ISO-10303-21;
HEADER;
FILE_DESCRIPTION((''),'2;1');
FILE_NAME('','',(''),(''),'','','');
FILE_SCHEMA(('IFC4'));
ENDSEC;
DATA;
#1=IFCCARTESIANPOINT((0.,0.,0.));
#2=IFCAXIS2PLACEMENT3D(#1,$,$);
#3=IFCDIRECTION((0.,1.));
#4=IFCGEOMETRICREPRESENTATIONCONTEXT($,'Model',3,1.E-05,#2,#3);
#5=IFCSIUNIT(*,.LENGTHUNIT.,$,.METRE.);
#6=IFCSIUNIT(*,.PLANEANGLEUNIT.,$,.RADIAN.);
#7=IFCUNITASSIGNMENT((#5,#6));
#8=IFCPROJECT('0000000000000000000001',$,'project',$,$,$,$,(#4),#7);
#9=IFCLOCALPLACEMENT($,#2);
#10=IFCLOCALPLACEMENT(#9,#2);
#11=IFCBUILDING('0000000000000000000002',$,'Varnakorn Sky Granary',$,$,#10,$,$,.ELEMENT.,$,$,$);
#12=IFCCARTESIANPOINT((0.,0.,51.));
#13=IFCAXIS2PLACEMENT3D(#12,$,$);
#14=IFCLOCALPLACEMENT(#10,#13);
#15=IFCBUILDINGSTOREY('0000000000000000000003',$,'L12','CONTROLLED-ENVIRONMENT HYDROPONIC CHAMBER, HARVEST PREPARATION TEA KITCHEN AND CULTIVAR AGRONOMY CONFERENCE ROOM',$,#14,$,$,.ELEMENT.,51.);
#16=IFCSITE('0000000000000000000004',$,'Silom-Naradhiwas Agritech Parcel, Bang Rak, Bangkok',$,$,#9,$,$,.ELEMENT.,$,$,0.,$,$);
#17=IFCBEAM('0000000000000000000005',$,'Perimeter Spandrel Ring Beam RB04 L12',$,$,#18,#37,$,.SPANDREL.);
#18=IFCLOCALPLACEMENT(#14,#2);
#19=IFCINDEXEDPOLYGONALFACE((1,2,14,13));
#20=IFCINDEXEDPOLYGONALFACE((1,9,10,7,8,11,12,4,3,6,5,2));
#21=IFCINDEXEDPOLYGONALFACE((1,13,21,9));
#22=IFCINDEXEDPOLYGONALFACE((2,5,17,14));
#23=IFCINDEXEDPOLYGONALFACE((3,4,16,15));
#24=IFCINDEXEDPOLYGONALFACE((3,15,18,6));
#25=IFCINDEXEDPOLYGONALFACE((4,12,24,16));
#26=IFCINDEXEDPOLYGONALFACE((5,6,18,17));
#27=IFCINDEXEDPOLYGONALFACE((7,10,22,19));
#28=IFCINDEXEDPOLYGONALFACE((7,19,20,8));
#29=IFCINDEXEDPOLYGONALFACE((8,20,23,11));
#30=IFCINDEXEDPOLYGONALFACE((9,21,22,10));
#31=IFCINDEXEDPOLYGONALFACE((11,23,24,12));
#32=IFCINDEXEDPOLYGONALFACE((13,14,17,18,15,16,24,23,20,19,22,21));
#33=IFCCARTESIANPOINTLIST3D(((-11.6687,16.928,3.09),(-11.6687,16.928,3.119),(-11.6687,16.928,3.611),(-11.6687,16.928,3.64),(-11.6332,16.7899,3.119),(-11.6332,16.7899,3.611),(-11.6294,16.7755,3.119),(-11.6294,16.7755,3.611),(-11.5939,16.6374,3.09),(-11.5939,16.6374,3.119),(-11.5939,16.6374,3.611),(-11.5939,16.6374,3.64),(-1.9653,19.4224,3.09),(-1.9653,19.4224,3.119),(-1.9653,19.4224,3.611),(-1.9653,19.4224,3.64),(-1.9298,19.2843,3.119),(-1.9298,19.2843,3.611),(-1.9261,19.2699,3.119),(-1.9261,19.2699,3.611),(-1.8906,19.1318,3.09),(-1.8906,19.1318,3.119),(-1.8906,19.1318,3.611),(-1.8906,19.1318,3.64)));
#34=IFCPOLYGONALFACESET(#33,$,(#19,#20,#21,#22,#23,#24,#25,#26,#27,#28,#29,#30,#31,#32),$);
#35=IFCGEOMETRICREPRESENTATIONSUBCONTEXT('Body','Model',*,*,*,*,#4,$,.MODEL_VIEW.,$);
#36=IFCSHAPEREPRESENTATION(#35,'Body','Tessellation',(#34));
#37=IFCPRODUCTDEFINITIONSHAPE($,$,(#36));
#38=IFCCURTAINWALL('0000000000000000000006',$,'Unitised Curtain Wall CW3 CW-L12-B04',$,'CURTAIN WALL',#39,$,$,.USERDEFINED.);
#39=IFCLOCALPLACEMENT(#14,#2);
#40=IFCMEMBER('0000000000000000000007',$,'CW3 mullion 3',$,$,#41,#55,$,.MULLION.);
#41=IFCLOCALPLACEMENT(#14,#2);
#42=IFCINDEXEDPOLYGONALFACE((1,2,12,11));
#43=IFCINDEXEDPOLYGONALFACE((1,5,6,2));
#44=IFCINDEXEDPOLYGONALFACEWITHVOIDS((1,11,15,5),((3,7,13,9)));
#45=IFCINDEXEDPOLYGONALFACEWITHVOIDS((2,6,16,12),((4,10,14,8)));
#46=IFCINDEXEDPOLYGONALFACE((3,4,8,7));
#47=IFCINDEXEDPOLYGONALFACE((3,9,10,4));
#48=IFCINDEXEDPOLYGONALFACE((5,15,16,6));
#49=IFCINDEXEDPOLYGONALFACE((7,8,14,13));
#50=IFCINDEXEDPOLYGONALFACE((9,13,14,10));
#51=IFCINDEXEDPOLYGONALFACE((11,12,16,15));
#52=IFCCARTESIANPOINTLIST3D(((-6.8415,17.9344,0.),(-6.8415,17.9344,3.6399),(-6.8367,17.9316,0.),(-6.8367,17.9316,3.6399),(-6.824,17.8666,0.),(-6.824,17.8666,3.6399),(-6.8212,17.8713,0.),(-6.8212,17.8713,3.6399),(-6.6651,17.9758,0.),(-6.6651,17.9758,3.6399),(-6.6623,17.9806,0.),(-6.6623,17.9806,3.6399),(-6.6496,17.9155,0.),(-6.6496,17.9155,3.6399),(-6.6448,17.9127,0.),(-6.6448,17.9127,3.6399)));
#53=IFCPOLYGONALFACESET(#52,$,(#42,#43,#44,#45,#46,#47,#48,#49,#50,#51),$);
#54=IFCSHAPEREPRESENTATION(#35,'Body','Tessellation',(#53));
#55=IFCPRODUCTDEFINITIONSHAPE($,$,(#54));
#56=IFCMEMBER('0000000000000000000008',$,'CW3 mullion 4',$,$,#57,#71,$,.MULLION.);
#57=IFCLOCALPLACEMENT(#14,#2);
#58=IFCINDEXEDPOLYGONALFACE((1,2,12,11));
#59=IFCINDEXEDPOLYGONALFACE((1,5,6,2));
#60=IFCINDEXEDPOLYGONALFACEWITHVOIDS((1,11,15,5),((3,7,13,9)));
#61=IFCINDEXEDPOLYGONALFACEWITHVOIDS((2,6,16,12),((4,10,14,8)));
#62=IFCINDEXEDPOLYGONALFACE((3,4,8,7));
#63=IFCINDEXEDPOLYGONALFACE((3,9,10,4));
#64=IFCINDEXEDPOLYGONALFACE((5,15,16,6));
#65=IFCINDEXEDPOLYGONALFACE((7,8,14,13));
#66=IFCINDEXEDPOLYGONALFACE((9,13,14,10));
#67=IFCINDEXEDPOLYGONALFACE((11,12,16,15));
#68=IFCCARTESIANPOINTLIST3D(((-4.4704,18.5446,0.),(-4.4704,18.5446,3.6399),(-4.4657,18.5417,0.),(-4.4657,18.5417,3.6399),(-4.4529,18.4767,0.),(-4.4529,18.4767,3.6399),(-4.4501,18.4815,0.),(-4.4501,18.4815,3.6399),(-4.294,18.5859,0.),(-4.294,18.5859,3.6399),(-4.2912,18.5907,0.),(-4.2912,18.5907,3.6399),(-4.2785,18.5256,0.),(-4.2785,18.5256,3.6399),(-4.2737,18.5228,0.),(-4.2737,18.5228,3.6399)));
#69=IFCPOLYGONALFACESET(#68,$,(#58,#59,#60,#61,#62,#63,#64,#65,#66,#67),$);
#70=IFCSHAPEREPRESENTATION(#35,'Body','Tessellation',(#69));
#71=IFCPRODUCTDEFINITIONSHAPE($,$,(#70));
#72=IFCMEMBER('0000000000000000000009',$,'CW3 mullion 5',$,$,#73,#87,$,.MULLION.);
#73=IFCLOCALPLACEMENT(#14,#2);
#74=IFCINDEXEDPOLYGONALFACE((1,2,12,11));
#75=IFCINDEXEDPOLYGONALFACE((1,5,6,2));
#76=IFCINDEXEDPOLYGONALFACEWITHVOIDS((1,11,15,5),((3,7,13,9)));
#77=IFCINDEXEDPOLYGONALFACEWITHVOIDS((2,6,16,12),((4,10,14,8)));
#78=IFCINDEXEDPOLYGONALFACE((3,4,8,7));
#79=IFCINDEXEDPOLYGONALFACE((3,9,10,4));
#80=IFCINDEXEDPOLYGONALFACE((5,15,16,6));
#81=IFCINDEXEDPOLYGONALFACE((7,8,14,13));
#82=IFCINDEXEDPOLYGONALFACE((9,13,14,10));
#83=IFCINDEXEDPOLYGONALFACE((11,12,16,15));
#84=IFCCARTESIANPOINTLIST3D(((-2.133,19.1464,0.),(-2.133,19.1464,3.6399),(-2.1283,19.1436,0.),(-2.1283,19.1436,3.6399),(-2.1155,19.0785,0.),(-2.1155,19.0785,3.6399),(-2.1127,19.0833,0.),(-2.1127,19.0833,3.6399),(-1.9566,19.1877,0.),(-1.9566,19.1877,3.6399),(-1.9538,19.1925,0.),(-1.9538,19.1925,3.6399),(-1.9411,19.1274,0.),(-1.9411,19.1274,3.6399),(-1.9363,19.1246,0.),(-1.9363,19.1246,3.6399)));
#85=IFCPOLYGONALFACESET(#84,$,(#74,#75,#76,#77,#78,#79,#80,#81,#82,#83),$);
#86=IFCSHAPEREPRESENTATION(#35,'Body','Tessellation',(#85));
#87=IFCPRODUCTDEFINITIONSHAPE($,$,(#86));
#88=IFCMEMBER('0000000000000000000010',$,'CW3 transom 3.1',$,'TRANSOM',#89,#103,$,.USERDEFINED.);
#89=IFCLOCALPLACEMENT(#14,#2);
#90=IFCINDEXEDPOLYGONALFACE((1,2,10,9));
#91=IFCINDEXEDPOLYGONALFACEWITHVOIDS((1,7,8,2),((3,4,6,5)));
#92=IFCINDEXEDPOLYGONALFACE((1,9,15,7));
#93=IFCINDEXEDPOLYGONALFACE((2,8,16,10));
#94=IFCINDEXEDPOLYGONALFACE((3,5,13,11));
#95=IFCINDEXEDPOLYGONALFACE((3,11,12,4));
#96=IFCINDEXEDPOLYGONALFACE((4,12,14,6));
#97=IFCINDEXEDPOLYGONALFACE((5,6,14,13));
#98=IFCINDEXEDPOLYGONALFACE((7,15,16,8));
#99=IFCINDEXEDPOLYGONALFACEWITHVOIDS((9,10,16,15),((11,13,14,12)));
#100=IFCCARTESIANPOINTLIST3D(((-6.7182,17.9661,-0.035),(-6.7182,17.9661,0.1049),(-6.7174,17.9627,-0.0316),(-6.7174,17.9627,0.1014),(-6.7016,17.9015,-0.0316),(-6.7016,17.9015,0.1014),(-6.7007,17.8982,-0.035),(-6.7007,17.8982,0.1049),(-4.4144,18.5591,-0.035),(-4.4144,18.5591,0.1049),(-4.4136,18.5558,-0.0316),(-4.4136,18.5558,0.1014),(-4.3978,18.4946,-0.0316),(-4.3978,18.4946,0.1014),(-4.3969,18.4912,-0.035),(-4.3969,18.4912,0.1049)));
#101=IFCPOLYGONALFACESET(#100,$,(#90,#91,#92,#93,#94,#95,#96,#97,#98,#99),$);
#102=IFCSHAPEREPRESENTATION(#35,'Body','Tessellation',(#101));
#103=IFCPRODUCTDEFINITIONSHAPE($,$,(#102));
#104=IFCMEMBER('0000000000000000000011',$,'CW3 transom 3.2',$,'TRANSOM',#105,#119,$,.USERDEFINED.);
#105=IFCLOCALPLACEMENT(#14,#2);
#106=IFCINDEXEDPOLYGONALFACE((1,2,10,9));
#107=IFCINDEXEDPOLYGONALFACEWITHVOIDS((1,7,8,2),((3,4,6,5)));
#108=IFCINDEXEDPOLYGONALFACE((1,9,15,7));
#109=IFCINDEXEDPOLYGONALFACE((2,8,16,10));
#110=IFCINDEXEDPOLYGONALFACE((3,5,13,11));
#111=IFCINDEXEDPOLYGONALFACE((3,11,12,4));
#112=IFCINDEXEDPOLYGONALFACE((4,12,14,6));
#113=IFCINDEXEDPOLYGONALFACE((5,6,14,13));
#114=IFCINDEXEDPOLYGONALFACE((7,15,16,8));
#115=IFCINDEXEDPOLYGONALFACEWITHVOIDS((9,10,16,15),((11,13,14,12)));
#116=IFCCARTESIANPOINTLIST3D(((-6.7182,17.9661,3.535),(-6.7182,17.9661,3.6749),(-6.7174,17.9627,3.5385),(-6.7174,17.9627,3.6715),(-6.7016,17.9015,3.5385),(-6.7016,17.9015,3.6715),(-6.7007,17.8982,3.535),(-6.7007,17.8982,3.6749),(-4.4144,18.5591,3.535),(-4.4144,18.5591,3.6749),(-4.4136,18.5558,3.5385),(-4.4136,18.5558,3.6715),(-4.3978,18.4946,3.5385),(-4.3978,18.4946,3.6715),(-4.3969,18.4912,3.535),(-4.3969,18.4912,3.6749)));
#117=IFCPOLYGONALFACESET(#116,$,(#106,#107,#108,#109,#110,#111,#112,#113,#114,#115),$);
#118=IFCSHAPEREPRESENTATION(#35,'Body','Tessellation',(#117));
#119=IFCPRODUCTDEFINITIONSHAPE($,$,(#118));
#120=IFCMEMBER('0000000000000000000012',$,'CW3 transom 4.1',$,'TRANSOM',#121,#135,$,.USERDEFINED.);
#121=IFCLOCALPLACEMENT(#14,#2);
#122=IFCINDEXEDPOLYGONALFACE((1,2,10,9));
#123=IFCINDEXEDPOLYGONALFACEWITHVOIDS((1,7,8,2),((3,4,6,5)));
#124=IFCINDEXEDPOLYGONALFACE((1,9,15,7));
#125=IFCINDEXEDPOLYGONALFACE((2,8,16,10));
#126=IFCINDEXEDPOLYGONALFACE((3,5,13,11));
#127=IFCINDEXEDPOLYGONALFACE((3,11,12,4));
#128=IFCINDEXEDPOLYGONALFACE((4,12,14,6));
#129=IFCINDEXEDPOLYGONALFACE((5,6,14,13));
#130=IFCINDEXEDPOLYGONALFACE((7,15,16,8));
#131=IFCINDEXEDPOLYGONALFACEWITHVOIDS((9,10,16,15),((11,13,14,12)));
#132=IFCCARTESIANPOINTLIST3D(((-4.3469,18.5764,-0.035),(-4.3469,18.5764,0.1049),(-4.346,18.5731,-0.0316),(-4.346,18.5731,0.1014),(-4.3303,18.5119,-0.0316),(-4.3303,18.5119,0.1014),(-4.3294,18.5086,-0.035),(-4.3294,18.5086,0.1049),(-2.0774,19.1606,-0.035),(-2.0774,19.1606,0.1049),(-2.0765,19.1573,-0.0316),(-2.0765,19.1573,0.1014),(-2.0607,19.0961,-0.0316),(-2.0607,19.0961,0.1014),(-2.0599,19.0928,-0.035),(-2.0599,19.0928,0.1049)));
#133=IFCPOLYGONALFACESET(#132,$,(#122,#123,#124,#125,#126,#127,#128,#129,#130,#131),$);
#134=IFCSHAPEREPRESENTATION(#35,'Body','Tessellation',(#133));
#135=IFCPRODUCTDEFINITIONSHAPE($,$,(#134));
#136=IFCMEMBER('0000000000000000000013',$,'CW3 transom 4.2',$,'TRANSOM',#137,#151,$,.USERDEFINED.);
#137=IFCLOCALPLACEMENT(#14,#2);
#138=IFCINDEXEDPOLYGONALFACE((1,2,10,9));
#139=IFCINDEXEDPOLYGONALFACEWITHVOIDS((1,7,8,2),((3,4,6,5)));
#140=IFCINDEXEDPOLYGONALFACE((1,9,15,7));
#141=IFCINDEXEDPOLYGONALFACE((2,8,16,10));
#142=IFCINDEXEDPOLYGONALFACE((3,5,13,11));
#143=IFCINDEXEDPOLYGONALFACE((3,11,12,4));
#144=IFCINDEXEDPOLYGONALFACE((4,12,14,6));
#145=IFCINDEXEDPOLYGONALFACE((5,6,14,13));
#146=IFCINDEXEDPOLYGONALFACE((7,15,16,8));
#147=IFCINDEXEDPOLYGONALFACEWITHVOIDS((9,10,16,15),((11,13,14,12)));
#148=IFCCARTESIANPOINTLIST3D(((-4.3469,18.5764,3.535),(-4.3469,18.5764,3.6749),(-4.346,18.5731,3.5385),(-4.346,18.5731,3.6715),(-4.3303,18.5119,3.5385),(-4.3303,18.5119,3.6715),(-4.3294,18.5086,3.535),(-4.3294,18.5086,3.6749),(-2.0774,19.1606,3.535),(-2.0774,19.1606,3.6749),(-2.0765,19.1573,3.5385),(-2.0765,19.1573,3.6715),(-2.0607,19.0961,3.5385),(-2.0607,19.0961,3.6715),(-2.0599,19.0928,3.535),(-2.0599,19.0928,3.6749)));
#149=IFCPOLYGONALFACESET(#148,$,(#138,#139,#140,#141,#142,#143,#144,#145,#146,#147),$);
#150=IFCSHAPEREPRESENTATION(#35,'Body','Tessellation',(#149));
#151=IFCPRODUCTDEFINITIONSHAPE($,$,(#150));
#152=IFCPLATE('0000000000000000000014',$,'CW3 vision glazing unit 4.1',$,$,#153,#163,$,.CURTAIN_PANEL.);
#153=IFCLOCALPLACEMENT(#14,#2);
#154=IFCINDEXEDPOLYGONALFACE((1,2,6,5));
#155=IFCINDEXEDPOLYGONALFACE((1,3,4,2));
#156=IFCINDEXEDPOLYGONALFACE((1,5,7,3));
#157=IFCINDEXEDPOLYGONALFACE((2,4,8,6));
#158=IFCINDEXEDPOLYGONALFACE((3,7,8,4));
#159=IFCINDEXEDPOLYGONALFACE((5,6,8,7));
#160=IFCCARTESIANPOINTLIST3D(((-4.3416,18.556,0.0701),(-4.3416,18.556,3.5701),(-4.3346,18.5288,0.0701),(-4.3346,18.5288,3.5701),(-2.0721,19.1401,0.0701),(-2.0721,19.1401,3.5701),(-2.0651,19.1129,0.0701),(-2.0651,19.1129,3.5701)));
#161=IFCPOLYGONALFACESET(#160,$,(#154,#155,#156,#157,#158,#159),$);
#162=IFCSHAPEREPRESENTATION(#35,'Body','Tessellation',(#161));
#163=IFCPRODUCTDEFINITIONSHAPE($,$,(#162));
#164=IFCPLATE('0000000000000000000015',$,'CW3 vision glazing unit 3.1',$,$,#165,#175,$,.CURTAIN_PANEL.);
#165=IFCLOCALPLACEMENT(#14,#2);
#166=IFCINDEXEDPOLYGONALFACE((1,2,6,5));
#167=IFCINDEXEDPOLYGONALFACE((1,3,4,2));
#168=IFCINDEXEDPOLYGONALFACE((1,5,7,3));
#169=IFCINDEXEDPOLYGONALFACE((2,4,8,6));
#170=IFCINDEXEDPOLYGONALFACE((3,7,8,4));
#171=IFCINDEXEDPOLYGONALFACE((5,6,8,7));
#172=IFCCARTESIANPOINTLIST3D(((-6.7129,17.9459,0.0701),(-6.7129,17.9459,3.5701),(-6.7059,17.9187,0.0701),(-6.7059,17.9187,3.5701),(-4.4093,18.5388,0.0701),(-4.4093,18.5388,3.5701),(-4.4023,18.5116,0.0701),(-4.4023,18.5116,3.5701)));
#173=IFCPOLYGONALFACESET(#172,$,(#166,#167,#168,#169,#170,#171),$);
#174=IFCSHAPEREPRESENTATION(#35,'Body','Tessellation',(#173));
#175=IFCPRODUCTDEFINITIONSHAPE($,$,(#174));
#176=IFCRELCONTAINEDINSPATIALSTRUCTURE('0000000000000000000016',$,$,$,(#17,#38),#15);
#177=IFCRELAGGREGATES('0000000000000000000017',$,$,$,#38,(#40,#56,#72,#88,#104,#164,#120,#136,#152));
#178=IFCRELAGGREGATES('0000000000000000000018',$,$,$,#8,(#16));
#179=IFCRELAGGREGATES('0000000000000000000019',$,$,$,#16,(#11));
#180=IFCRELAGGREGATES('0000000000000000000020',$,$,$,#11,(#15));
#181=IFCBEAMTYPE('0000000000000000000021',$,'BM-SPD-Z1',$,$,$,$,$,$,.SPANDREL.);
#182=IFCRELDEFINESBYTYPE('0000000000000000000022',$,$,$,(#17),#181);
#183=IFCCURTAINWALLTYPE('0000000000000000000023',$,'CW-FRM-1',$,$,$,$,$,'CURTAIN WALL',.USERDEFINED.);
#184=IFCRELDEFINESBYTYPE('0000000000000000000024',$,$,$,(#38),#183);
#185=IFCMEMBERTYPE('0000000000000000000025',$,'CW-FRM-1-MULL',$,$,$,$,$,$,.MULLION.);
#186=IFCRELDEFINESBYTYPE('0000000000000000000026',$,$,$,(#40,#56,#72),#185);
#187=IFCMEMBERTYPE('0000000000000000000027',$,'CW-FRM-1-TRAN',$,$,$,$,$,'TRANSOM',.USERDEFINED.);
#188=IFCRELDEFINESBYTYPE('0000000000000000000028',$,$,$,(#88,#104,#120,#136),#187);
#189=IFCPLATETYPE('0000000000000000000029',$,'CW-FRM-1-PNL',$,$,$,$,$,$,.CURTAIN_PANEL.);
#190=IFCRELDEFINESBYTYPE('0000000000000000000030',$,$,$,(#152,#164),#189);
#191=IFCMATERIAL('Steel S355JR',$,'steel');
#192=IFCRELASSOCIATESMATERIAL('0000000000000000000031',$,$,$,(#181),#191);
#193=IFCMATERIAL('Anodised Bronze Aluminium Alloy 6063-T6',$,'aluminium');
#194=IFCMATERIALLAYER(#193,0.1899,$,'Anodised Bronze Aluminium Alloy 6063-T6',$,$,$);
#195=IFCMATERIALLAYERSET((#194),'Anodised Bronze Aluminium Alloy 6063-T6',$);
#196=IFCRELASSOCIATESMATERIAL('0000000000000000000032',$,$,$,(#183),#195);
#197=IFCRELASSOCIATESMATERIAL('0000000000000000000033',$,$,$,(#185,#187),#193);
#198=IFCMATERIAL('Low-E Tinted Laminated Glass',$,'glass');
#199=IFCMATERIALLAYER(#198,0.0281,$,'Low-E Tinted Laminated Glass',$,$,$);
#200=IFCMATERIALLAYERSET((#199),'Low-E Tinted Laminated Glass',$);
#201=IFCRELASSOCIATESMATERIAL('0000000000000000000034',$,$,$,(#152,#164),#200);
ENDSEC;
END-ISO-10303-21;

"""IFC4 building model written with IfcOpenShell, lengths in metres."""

from ifc_helpers import new_model, si_unit, direction, frame, origin, origin_2d, place, context, subcontext, project, spatial, rectangle, hollow_rectangle, i_section, extrude, source, transform, mapped, material, layer, layer_set, material_profile, profile_set, type_object, type_shapes, element, aggregate, save


model = new_model("IFC4")

# Units and contexts
model_context = context("Model", 3, precision=1e-05, world=origin(), true_north=direction((0.0, 1.0)))
body_context = subcontext(model_context, "Body", "Model", "MODEL_VIEW")
ifc_project = project(units=[si_unit("LENGTHUNIT", "METRE"), si_unit("PLANEANGLEUNIT", "RADIAN")], contexts=[model_context])

# Site, building, storey
site_placement = place(None, origin())
site = spatial("IfcSite", under=ifc_project, at=site_placement, Name="Silom-Naradhiwas Agritech Parcel, Bang Rak, Bangkok", CompositionType="ELEMENT", RefElevation=0.0)
building_placement = place(site_placement, origin())
building = spatial("IfcBuilding", under=site, at=building_placement, Name="Varnakorn Sky Granary", CompositionType="ELEMENT")
storey_placement = place(building_placement, frame((0.0, 0.0, 51.0)))
storey = spatial("IfcBuildingStorey", under=building, at=storey_placement, Name="L12", Description="CONTROLLED-ENVIRONMENT HYDROPONIC CHAMBER, HARVEST PREPARATION TEA KITCHEN AND CULTIVAR AGRONOMY CONFERENCE ROOM", CompositionType="ELEMENT", Elevation=51.0)

# Beam
ifc_material_1 = material(Name="Steel S355JR", Category="steel")
ifc_material_profile_1 = material_profile(ifc_material_1, i_section(OverallWidth=0.3, OverallDepth=0.55, WebThickness=0.0149, FlangeThickness=0.0291, at=origin_2d()), Name="HE 550 B")
ifc_profile_set_1 = profile_set([ifc_material_profile_1], Name="Steel S355JR")
beam_type_1 = type_object("IfcBeamType", Name="BM-SPD-Z1", PredefinedType="SPANDREL", material=ifc_profile_set_1)
beam_1_placement = place(storey_placement, frame((-1.928, 19.2771, 3.365), z_axis=(-0.968511, -0.248969, 0.0), x_axis=(0.248969, -0.968511, 0.0)))
element("IfcBeam", 1, at=beam_1_placement, inside=storey, type_object=beam_type_1, Name="Perimeter Spandrel Ring Beam RB04 L12", PredefinedType="SPANDREL", context=body_context, shape_type="SweptSolid", body=[
    extrude(i_section(OverallWidth=0.3, OverallDepth=0.55, WebThickness=0.0149, FlangeThickness=0.0291, at=origin_2d()), origin(), (0.0, 0.0, 1.0), 10.0188),
])

# Curtain wall, members, plates
ifc_material_2 = material(Name="Anodised Bronze Aluminium Alloy 6063-T6", Category="aluminium")
ifc_layer_1 = layer(ifc_material_2, 0.1899, Name="Anodised Bronze Aluminium Alloy 6063-T6")
ifc_layer_set_1 = layer_set([ifc_layer_1], Name="Anodised Bronze Aluminium Alloy 6063-T6")
curtain_wall_type = type_object("IfcCurtainWallType", Name="CW-FRM-1", ElementType="CURTAIN WALL", PredefinedType="USERDEFINED", material=ifc_layer_set_1)
curtain_wall_placement = place(storey_placement, origin())
curtain_wall = element("IfcCurtainWall", 2, at=curtain_wall_placement, inside=storey, type_object=curtain_wall_type, Name="Unitised Curtain Wall CW3 CW-L12-B04", ObjectType="CURTAIN WALL", PredefinedType="USERDEFINED")
ifc_material_profile_2 = material_profile(ifc_material_2, hollow_rectangle(XDim=0.0701, YDim=0.1851, WallThickness=0.0039, at=origin_2d()), Name="ALU MULL 70x185")
ifc_profile_set_2 = profile_set([ifc_material_profile_2], Name="Anodised Bronze Aluminium Alloy 6063-T6")
member_type_1 = type_object("IfcMemberType", Name="CW-FRM-1-MULL", PredefinedType="MULLION", material=ifc_profile_set_2)
member_1_placement = place(storey_placement, frame((-6.7432, 17.9236, 0.0), z_axis=(0.0, 0.0, 1.0), x_axis=(-0.249249, 0.968439, 0.0)))
member_1 = element("IfcMember", 3, at=member_1_placement, type_object=member_type_1, Name="CW3 mullion 3", PredefinedType="MULLION", context=body_context, shape_type="SweptSolid", body=[
    extrude(hollow_rectangle(XDim=0.0701, YDim=0.1851, WallThickness=0.0039, at=origin_2d()), origin(), (0.0, 0.0, 1.0), 3.6399),
])
member_2_placement = place(storey_placement, frame((-4.3721, 18.5337, 0.0), z_axis=(0.0, 0.0, 1.0), x_axis=(-0.249249, 0.968439, 0.0)))
member_2 = element("IfcMember", 4, at=member_2_placement, type_object=member_type_1, Name="CW3 mullion 4", PredefinedType="MULLION", context=body_context, shape_type="SweptSolid", body=[
    extrude(hollow_rectangle(XDim=0.0701, YDim=0.1851, WallThickness=0.0039, at=origin_2d()), origin(), (0.0, 0.0, 1.0), 3.6399),
])
member_3_placement = place(storey_placement, frame((-2.0347, 19.1355, 0.0), z_axis=(0.0, 0.0, 1.0), x_axis=(-0.249249, 0.968439, 0.0)))
member_3 = element("IfcMember", 5, at=member_3_placement, type_object=member_type_1, Name="CW3 mullion 5", PredefinedType="MULLION", context=body_context, shape_type="SweptSolid", body=[
    extrude(hollow_rectangle(XDim=0.0701, YDim=0.1851, WallThickness=0.0039, at=origin_2d()), origin(), (0.0, 0.0, 1.0), 3.6399),
])
ifc_material_profile_3 = material_profile(ifc_material_2, hollow_rectangle(XDim=0.0701, YDim=0.1399, WallThickness=0.0034, at=origin_2d()), Name="ALU TRAN 70x140")
ifc_profile_set_3 = profile_set([ifc_material_profile_3], Name="Anodised Bronze Aluminium Alloy 6063-T6")
member_type_2 = type_object("IfcMemberType", Name="CW-FRM-1-TRAN", ElementType="TRANSOM", PredefinedType="USERDEFINED", material=ifc_profile_set_3)
member_4_placement = place(storey_placement, frame((-6.7095, 17.9321, 0.0349), z_axis=(0.968429, 0.249291, 0.0), x_axis=(-0.249291, 0.968429, 0.0)))
member_4 = element("IfcMember", 6, at=member_4_placement, type_object=member_type_2, Name="CW3 transom 3.1", ObjectType="TRANSOM", PredefinedType="USERDEFINED", context=body_context, shape_type="SweptSolid", body=[
    extrude(hollow_rectangle(XDim=0.0701, YDim=0.1399, WallThickness=0.0034, at=origin_2d()), origin(), (0.0, 0.0, 1.0), 2.3789),
])
member_5_placement = place(storey_placement, frame((-6.7095, 17.9321, 3.605), z_axis=(0.968429, 0.249291, 0.0), x_axis=(-0.249291, 0.968429, 0.0)))
member_5 = element("IfcMember", 7, at=member_5_placement, type_object=member_type_2, Name="CW3 transom 3.2", ObjectType="TRANSOM", PredefinedType="USERDEFINED", context=body_context, shape_type="SweptSolid", body=[
    extrude(hollow_rectangle(XDim=0.0701, YDim=0.1399, WallThickness=0.0034, at=origin_2d()), origin(), (0.0, 0.0, 1.0), 2.3789),
])
member_6_placement = place(storey_placement, frame((-4.3381, 18.5425, 0.0349), z_axis=(0.968428, 0.249295, 0.0), x_axis=(-0.249295, 0.968428, 0.0)))
member_6 = element("IfcMember", 8, at=member_6_placement, type_object=member_type_2, Name="CW3 transom 4.1", ObjectType="TRANSOM", PredefinedType="USERDEFINED", context=body_context, shape_type="SweptSolid", body=[
    extrude(hollow_rectangle(XDim=0.0701, YDim=0.1399, WallThickness=0.0034, at=origin_2d()), origin(), (0.0, 0.0, 1.0), 2.3435),
])
member_7_placement = place(storey_placement, frame((-4.3381, 18.5425, 3.605), z_axis=(0.968428, 0.249295, 0.0), x_axis=(-0.249295, 0.968428, 0.0)))
member_7 = element("IfcMember", 9, at=member_7_placement, type_object=member_type_2, Name="CW3 transom 4.2", ObjectType="TRANSOM", PredefinedType="USERDEFINED", context=body_context, shape_type="SweptSolid", body=[
    extrude(hollow_rectangle(XDim=0.0701, YDim=0.1399, WallThickness=0.0034, at=origin_2d()), origin(), (0.0, 0.0, 1.0), 2.3435),
])
ifc_material_3 = material(Name="Low-E Tinted Laminated Glass", Category="glass")
ifc_layer_2 = layer(ifc_material_3, 0.0281, Name="Low-E Tinted Laminated Glass")
ifc_layer_set_2 = layer_set([ifc_layer_2], Name="Low-E Tinted Laminated Glass")
plate_type = type_object("IfcPlateType", Name="CW-FRM-1-PNL", PredefinedType="CURTAIN_PANEL")
shared_shape_1 = source(origin(), body_context, "Body", "SweptSolid", [
    extrude(rectangle(XDim=2.3435, YDim=0.0281, at=origin_2d()), origin(), (0.0, 0.0, 1.0), 3.5),
])
plate_1_placement = place(storey_placement, frame((-3.2034, 18.8345, 0.0701), z_axis=(0.0, 0.0, 1.0), x_axis=(0.968439, 0.249249, 0.0)))
plate_1 = element("IfcPlate", 10, at=plate_1_placement, type_object=plate_type, material=ifc_layer_set_2, Name="CW3 vision glazing unit 4.1", PredefinedType="CURTAIN_PANEL", context=body_context, shape_type="MappedRepresentation", body=[
    mapped(shared_shape_1, transform((0.0, 0.0, 0.0), x_axis=(1.0, 0.0, 0.0), y_axis=(0.0, 1.0, 0.0), z_axis=(0.0, 0.0, 1.0), scale=1.0)),
])
shared_shape_2 = source(origin(), body_context, "Body", "SweptSolid", [
    extrude(rectangle(XDim=2.3787, YDim=0.0281, at=origin_2d()), origin(), (0.0, 0.0, 1.0), 3.5),
])
type_shapes(plate_type, [shared_shape_1, shared_shape_2])
plate_2_placement = place(storey_placement, frame((-5.5576, 18.2288, 0.0701), z_axis=(0.0, 0.0, 1.0), x_axis=(0.968439, 0.249249, 0.0)))
plate_2 = element("IfcPlate", 11, at=plate_2_placement, type_object=plate_type, material=ifc_layer_set_2, Name="CW3 vision glazing unit 3.1", PredefinedType="CURTAIN_PANEL", context=body_context, shape_type="MappedRepresentation", body=[
    mapped(shared_shape_2, transform((0.0, 0.0, 0.0), x_axis=(1.0, 0.0, 0.0), y_axis=(0.0, 1.0, 0.0), z_axis=(0.0, 0.0, 1.0), scale=1.0)),
])
aggregate(curtain_wall, [member_1, member_2, member_3, member_4, member_5, plate_2, member_6, member_7, plate_1])

save(model, "model.ifc")
